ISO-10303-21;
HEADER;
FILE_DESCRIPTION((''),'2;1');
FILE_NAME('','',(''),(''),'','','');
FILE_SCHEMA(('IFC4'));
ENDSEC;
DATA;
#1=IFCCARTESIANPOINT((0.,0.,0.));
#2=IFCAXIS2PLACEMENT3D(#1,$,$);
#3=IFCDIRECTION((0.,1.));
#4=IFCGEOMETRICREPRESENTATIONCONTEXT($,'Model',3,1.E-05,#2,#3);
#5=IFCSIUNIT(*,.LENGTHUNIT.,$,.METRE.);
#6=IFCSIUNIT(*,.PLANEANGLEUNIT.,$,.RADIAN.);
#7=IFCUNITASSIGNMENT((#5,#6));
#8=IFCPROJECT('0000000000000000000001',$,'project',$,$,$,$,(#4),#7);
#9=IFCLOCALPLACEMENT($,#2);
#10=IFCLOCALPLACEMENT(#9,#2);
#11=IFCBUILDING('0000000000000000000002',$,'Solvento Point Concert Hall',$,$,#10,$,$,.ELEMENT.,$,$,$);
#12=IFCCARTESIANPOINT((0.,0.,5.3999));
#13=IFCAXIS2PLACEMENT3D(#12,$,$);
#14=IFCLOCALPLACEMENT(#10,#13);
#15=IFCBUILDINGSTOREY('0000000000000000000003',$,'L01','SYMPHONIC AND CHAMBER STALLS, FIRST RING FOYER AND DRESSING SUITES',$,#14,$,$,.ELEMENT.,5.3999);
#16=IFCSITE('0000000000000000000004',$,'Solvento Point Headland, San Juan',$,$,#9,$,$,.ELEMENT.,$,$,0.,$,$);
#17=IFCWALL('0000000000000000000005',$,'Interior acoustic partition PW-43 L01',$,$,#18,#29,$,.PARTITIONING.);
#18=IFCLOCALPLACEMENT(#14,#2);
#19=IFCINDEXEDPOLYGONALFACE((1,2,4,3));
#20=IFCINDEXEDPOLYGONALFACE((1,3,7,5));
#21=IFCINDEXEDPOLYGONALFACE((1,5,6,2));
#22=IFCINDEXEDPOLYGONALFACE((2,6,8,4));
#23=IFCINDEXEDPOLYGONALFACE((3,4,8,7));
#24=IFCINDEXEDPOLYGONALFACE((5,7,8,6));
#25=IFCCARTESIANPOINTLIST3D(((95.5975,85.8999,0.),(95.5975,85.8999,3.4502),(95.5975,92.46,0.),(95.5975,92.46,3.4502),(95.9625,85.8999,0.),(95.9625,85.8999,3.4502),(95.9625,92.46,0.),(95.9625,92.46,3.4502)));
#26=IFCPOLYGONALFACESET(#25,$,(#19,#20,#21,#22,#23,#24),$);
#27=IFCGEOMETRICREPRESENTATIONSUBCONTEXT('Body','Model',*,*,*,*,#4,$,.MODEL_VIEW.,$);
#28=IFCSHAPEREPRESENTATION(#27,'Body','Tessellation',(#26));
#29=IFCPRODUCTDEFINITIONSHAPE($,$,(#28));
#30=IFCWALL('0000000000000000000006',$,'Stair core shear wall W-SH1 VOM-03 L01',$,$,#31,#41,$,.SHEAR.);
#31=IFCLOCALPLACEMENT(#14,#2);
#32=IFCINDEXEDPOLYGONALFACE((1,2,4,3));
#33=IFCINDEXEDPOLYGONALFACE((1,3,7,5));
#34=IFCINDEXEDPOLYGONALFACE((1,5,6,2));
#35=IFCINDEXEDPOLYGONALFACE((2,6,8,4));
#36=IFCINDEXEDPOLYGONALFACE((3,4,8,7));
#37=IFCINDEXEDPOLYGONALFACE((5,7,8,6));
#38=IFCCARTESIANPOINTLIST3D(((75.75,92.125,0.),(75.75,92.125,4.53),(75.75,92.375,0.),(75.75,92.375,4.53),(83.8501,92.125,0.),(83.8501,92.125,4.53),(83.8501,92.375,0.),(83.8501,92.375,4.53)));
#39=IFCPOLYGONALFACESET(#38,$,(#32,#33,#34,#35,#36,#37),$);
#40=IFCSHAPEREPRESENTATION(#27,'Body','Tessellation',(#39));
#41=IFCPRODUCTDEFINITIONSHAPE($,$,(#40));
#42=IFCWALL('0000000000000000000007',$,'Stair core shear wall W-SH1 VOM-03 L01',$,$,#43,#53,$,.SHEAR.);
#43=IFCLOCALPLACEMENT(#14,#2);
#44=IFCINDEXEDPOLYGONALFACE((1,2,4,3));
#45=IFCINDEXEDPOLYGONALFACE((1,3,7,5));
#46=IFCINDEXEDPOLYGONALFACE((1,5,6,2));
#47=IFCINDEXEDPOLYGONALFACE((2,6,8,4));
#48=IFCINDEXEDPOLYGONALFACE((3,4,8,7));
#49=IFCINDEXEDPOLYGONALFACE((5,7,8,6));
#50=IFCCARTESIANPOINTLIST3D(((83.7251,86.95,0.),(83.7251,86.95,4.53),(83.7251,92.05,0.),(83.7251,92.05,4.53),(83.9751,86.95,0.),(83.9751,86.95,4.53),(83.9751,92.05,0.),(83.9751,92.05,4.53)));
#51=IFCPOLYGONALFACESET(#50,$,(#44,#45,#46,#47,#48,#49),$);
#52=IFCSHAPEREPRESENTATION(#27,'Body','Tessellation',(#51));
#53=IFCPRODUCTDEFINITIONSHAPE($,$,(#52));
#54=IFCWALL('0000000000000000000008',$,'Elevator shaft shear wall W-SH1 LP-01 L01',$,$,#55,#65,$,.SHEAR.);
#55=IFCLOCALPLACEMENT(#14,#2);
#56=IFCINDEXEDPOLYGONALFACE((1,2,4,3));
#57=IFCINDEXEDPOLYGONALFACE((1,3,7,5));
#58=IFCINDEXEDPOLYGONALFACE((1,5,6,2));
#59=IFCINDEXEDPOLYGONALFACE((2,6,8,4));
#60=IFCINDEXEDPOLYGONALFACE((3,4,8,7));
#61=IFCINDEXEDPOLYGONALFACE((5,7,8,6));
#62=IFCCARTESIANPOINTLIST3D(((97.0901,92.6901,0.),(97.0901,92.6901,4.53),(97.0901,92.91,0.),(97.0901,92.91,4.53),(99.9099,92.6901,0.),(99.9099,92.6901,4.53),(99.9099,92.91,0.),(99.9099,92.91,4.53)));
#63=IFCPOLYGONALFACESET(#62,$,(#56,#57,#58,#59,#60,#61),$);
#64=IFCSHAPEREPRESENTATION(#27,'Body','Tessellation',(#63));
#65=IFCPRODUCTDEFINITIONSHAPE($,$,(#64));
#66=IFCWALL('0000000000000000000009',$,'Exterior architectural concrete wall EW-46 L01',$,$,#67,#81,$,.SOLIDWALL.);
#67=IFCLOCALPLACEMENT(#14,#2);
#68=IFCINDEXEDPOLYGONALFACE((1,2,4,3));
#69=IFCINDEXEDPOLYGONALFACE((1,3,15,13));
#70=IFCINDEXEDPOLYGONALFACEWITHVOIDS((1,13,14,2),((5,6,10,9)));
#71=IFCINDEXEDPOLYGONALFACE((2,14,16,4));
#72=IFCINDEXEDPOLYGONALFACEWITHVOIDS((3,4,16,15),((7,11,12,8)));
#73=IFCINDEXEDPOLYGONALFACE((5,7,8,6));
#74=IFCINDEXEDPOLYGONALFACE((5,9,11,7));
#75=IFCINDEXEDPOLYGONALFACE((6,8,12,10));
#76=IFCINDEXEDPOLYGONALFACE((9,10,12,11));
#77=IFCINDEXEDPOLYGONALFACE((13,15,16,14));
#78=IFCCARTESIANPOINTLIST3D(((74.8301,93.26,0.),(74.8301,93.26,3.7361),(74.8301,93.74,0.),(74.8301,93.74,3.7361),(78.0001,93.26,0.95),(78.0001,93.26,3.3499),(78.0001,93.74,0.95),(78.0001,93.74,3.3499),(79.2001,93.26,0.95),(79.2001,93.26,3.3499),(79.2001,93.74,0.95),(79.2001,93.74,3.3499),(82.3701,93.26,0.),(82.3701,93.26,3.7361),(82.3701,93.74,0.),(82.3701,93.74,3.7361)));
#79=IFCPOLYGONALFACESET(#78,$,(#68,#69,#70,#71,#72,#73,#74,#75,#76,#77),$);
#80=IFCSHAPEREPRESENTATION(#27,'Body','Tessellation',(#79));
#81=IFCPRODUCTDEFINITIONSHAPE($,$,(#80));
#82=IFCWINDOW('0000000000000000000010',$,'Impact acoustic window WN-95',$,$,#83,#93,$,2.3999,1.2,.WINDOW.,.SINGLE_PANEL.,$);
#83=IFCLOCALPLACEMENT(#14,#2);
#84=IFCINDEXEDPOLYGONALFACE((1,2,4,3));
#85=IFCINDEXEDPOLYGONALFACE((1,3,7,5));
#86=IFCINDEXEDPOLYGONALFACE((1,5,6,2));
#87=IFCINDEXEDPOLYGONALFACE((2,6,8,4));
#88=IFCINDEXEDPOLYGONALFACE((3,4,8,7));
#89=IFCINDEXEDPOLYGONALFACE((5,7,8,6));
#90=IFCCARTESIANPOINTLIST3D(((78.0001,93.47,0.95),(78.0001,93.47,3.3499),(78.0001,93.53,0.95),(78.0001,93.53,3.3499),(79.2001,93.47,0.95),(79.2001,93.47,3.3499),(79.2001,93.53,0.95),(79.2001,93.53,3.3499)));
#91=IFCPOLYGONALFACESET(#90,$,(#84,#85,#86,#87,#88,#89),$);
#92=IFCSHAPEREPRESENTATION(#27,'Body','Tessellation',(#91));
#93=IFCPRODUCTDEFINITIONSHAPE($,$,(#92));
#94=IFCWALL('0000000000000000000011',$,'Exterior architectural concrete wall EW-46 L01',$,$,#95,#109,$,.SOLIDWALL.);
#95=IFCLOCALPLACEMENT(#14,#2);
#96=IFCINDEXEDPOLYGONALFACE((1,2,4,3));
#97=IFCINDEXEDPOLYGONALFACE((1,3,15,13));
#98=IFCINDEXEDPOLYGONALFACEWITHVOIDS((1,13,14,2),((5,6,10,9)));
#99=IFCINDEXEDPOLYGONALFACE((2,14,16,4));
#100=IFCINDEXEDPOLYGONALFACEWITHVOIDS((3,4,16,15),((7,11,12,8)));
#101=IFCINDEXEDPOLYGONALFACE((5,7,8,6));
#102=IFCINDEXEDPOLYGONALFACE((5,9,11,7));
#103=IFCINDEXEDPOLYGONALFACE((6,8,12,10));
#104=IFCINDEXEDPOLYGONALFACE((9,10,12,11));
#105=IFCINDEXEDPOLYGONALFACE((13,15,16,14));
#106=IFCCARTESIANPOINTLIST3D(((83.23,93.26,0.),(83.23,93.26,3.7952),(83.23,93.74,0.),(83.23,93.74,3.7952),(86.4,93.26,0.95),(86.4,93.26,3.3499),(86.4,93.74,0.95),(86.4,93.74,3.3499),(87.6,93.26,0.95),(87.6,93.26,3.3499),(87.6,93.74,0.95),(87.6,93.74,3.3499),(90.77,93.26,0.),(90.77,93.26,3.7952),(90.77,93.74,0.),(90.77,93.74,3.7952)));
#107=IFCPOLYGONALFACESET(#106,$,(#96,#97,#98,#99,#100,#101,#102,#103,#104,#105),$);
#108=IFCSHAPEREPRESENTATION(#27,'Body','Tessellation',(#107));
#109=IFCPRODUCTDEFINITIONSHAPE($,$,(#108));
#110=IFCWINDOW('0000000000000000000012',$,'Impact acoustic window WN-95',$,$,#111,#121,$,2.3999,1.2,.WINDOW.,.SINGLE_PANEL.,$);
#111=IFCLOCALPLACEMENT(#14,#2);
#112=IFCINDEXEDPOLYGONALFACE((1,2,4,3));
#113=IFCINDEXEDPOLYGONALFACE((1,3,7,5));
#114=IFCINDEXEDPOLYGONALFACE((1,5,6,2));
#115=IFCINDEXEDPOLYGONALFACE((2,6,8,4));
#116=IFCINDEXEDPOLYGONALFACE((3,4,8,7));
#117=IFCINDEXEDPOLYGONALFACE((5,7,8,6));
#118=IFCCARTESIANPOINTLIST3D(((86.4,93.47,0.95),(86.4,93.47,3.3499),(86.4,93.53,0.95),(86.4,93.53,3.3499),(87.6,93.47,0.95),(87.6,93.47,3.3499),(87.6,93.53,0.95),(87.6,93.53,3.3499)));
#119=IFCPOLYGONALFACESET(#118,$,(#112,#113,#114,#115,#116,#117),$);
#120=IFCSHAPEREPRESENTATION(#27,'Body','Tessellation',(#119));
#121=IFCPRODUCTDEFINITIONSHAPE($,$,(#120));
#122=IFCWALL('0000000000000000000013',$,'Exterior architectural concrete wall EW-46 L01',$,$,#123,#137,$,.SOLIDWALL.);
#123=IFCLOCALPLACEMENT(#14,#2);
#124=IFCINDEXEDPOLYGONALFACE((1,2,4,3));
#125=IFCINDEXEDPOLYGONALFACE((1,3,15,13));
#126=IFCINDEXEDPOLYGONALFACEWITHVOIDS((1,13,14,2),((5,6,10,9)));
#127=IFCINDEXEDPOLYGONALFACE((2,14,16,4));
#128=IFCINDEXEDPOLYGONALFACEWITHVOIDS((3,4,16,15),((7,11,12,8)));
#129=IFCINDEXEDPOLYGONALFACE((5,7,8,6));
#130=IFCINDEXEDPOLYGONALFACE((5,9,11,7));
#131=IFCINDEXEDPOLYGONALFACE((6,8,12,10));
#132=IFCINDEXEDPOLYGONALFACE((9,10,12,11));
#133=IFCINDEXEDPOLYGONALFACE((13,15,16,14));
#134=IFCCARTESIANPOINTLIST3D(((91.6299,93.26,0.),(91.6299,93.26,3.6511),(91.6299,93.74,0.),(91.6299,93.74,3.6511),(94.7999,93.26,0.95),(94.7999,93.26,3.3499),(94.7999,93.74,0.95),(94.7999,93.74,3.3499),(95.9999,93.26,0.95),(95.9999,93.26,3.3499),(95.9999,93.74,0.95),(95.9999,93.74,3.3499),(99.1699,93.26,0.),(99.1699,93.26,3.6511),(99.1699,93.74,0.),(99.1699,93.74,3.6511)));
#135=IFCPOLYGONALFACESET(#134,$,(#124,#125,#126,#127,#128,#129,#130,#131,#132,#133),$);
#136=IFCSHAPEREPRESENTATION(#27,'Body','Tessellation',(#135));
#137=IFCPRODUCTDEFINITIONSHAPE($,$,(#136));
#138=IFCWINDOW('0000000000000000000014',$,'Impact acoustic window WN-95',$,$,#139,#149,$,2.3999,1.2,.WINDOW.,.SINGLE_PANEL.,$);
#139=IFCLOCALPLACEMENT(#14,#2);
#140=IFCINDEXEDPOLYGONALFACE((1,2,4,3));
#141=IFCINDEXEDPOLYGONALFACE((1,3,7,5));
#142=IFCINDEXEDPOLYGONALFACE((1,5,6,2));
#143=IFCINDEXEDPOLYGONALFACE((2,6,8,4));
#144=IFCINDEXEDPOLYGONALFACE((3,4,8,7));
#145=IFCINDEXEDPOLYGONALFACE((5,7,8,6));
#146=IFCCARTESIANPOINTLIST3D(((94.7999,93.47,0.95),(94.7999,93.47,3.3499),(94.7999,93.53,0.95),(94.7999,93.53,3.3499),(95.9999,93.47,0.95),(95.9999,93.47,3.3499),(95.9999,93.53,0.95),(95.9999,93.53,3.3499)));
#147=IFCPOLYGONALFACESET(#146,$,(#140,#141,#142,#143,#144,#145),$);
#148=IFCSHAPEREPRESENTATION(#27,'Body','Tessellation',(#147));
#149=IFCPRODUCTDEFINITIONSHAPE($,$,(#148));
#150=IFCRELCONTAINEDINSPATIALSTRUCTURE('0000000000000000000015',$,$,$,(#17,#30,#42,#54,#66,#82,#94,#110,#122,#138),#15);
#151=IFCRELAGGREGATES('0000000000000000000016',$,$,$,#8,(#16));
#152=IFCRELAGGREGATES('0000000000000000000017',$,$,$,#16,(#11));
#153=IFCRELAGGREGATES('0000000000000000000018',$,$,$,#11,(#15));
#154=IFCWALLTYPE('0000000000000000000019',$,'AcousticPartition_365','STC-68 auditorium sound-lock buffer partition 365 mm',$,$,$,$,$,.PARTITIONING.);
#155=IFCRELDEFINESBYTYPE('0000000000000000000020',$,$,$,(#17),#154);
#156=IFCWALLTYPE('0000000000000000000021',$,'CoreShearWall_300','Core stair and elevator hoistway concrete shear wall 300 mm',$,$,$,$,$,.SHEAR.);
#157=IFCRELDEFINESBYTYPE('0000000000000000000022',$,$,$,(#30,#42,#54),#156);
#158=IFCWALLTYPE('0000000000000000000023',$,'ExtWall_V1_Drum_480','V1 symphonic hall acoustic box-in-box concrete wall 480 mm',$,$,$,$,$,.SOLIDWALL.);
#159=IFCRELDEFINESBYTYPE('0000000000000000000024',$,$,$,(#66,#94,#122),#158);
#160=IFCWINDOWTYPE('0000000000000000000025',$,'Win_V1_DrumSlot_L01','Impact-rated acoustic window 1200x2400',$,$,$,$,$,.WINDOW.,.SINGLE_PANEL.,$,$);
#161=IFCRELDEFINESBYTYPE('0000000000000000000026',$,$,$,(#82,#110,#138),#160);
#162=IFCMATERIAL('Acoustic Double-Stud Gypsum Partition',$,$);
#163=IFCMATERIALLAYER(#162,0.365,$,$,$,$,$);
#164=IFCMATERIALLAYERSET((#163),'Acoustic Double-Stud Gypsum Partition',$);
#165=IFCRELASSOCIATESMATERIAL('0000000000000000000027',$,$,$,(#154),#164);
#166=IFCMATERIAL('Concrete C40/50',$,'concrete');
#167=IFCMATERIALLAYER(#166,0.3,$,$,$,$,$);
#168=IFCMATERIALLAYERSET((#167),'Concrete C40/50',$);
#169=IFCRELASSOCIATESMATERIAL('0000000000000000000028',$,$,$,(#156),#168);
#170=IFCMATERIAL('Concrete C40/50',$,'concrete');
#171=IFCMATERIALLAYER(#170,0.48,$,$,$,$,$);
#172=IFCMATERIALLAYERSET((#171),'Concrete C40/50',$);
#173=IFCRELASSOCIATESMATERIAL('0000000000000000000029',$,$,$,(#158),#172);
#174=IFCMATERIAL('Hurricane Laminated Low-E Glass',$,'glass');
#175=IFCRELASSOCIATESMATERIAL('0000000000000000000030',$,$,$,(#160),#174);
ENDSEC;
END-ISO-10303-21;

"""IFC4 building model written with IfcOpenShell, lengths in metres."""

from ifc_helpers import new_model, si_unit, direction, frame, frame_2d, origin, place, context, subcontext, project, spatial, rectangle, extrude, material, layer, layer_set, type_object, element, fill, save


model = new_model("IFC4")

# Units and contexts
model_context = context("Model", 3, precision=1e-05, world=origin(), true_north=direction((0.0, 1.0)))
body_context = subcontext(model_context, "Body", "Model", "MODEL_VIEW")
ifc_project = project(units=[si_unit("LENGTHUNIT", "METRE"), si_unit("PLANEANGLEUNIT", "RADIAN")], contexts=[model_context])

# Site, building, storey
site_placement = place(None, origin())
site = spatial("IfcSite", under=ifc_project, at=site_placement, Name="Solvento Point Headland, San Juan", CompositionType="ELEMENT", RefElevation=0.0)
building_placement = place(site_placement, origin())
building = spatial("IfcBuilding", under=site, at=building_placement, Name="Solvento Point Concert Hall", CompositionType="ELEMENT")
storey_placement = place(building_placement, frame((0.0, 0.0, 5.3999)))
storey = spatial("IfcBuildingStorey", under=building, at=storey_placement, Name="L01", Description="SYMPHONIC AND CHAMBER STALLS, FIRST RING FOYER AND DRESSING SUITES", CompositionType="ELEMENT", Elevation=5.3999)

# Walls
ifc_material_1 = material(Name="Acoustic Double-Stud Gypsum Partition")
ifc_layer_1 = layer(ifc_material_1, 0.365)
ifc_layer_set_1 = layer_set([ifc_layer_1], Name="Acoustic Double-Stud Gypsum Partition")
wall_type_1 = type_object("IfcWallType", Name="AcousticPartition_365", Description="STC-68 auditorium sound-lock buffer partition 365 mm", PredefinedType="PARTITIONING", material=ifc_layer_set_1)
wall_1_placement = place(storey_placement, frame((95.78, 92.46, 0.0), z_axis=(0.0, 0.0, 1.0), x_axis=(0.0, -1.0, 0.0)))
element("IfcWall", 1, at=wall_1_placement, inside=storey, type_object=wall_type_1, Name="Interior acoustic partition PW-43 L01", PredefinedType="PARTITIONING", context=body_context, shape_type="SweptSolid", body=[
    extrude(rectangle(XDim=6.5601, YDim=0.365, at=frame_2d((3.28, 0.0))), origin(), (0.0, 0.0, 1.0), 3.4502),
])
ifc_material_2 = material(Name="Concrete C40/50", Category="concrete")
ifc_layer_2 = layer(ifc_material_2, 0.3)
ifc_layer_set_2 = layer_set([ifc_layer_2], Name="Concrete C40/50")
wall_type_2 = type_object("IfcWallType", Name="CoreShearWall_300", Description="Core stair and elevator hoistway concrete shear wall 300 mm", PredefinedType="SHEAR", material=ifc_layer_set_2)
wall_2_placement = place(storey_placement, frame((75.75, 92.25, 0.0), z_axis=(0.0, 0.0, 1.0), x_axis=(1.0, 0.0, 0.0)))
element("IfcWall", 2, at=wall_2_placement, inside=storey, type_object=wall_type_2, Name="Stair core shear wall W-SH1 VOM-03 L01", PredefinedType="SHEAR", context=body_context, shape_type="SweptSolid", body=[
    extrude(rectangle(XDim=8.1001, YDim=0.25, at=frame_2d((4.05, 0.0))), origin(), (0.0, 0.0, 1.0), 4.53),
])
wall_3_placement = place(storey_placement, frame((83.8501, 92.05, 0.0), z_axis=(0.0, 0.0, 1.0), x_axis=(0.0, -1.0, 0.0)))
element("IfcWall", 3, at=wall_3_placement, inside=storey, type_object=wall_type_2, Name="Stair core shear wall W-SH1 VOM-03 L01", PredefinedType="SHEAR", context=body_context, shape_type="SweptSolid", body=[
    extrude(rectangle(XDim=5.1001, YDim=0.25, at=frame_2d((2.55, 0.0))), origin(), (0.0, 0.0, 1.0), 4.53),
])
wall_4_placement = place(storey_placement, frame((97.0901, 92.8, 0.0), z_axis=(0.0, 0.0, 1.0), x_axis=(1.0, 0.0, 0.0)))
element("IfcWall", 4, at=wall_4_placement, inside=storey, type_object=wall_type_2, Name="Elevator shaft shear wall W-SH1 LP-01 L01", PredefinedType="SHEAR", context=body_context, shape_type="SweptSolid", body=[
    extrude(rectangle(XDim=2.8198, YDim=0.22, at=frame_2d((1.4099, 0.0))), origin(), (0.0, 0.0, 1.0), 4.53),
])

# Walls, openings, windows
ifc_material_3 = material(Name="Concrete C40/50", Category="concrete")
ifc_layer_3 = layer(ifc_material_3, 0.48)
ifc_layer_set_3 = layer_set([ifc_layer_3], Name="Concrete C40/50")
wall_type_3 = type_object("IfcWallType", Name="ExtWall_V1_Drum_480", Description="V1 symphonic hall acoustic box-in-box concrete wall 480 mm", PredefinedType="SOLIDWALL", material=ifc_layer_set_3)
wall_5_placement = place(storey_placement, frame((74.8301, 93.5, 0.0), z_axis=(0.0, 0.0, 1.0), x_axis=(1.0, 0.0, 0.0)))
wall_5 = element("IfcWall", 5, at=wall_5_placement, inside=storey, type_object=wall_type_3, Name="Exterior architectural concrete wall EW-46 L01", PredefinedType="SOLIDWALL", context=body_context, shape_type="SweptSolid", body=[
    extrude(rectangle(XDim=7.54, YDim=0.48, at=frame_2d((3.77, 0.0))), origin(), (0.0, 0.0, 1.0), 3.7361),
])
opening_1_placement = place(wall_5_placement, frame((3.1699, 0.0, 0.95)))
opening_1 = element("IfcOpeningElement", 6, at=opening_1_placement, cuts=wall_5, PredefinedType="OPENING", context=body_context, shape_type="SweptSolid", body=[
    extrude(rectangle(XDim=1.2, YDim=2.3999, at=frame_2d((0.6001, 1.2))), frame((0.0, 0.25, 0.0), z_axis=(0.0, -1.0, 0.0), x_axis=(1.0, 0.0, 0.0)), (0.0, 0.0, 1.0), 0.5),
])
ifc_material_4 = material(Name="Hurricane Laminated Low-E Glass", Category="glass")
window_type = type_object("IfcWindowType", Name="Win_V1_DrumSlot_L01", Description="Impact-rated acoustic window 1200x2400", PartitioningType="SINGLE_PANEL", PredefinedType="WINDOW", material=ifc_material_4)
window_1_placement = place(opening_1_placement, origin())
window_1 = element("IfcWindow", 7, at=window_1_placement, inside=storey, type_object=window_type, Name="Impact acoustic window WN-95", OverallHeight=2.3999, OverallWidth=1.2, PartitioningType="SINGLE_PANEL", PredefinedType="WINDOW", context=body_context, shape_type="SweptSolid", body=[
    extrude(rectangle(XDim=1.2, YDim=2.3999, at=frame_2d((0.6001, 1.2))), frame((0.0, 0.03, 0.0), z_axis=(0.0, -1.0, 0.0), x_axis=(1.0, 0.0, 0.0)), (0.0, 0.0, 1.0), 0.0601),
])
fill(opening_1, window_1)
wall_6_placement = place(storey_placement, frame((83.23, 93.5, 0.0), z_axis=(0.0, 0.0, 1.0), x_axis=(1.0, 0.0, 0.0)))
wall_6 = element("IfcWall", 8, at=wall_6_placement, inside=storey, type_object=wall_type_3, Name="Exterior architectural concrete wall EW-46 L01", PredefinedType="SOLIDWALL", context=body_context, shape_type="SweptSolid", body=[
    extrude(rectangle(XDim=7.54, YDim=0.48, at=frame_2d((3.77, 0.0))), origin(), (0.0, 0.0, 1.0), 3.7952),
])
opening_2_placement = place(wall_6_placement, frame((3.1699, 0.0, 0.95)))
opening_2 = element("IfcOpeningElement", 9, at=opening_2_placement, cuts=wall_6, PredefinedType="OPENING", context=body_context, shape_type="SweptSolid", body=[
    extrude(rectangle(XDim=1.2, YDim=2.3999, at=frame_2d((0.6001, 1.2))), frame((0.0, 0.25, 0.0), z_axis=(0.0, -1.0, 0.0), x_axis=(1.0, 0.0, 0.0)), (0.0, 0.0, 1.0), 0.5),
])
window_2_placement = place(opening_2_placement, origin())
window_2 = element("IfcWindow", 10, at=window_2_placement, inside=storey, type_object=window_type, Name="Impact acoustic window WN-95", OverallHeight=2.3999, OverallWidth=1.2, PartitioningType="SINGLE_PANEL", PredefinedType="WINDOW", context=body_context, shape_type="SweptSolid", body=[
    extrude(rectangle(XDim=1.2, YDim=2.3999, at=frame_2d((0.6001, 1.2))), frame((0.0, 0.03, 0.0), z_axis=(0.0, -1.0, 0.0), x_axis=(1.0, 0.0, 0.0)), (0.0, 0.0, 1.0), 0.0601),
])
fill(opening_2, window_2)
wall_7_placement = place(storey_placement, frame((91.6299, 93.5, 0.0), z_axis=(0.0, 0.0, 1.0), x_axis=(1.0, 0.0, 0.0)))
wall_7 = element("IfcWall", 11, at=wall_7_placement, inside=storey, type_object=wall_type_3, Name="Exterior architectural concrete wall EW-46 L01", PredefinedType="SOLIDWALL", context=body_context, shape_type="SweptSolid", body=[
    extrude(rectangle(XDim=7.54, YDim=0.48, at=frame_2d((3.77, 0.0))), origin(), (0.0, 0.0, 1.0), 3.6511),
])
opening_3_placement = place(wall_7_placement, frame((3.1699, 0.0, 0.95)))
opening_3 = element("IfcOpeningElement", 12, at=opening_3_placement, cuts=wall_7, PredefinedType="OPENING", context=body_context, shape_type="SweptSolid", body=[
    extrude(rectangle(XDim=1.2, YDim=2.3999, at=frame_2d((0.6001, 1.2))), frame((0.0, 0.25, 0.0), z_axis=(0.0, -1.0, 0.0), x_axis=(1.0, 0.0, 0.0)), (0.0, 0.0, 1.0), 0.5),
])
window_3_placement = place(opening_3_placement, origin())
window_3 = element("IfcWindow", 13, at=window_3_placement, inside=storey, type_object=window_type, Name="Impact acoustic window WN-95", OverallHeight=2.3999, OverallWidth=1.2, PartitioningType="SINGLE_PANEL", PredefinedType="WINDOW", context=body_context, shape_type="SweptSolid", body=[
    extrude(rectangle(XDim=1.2, YDim=2.3999, at=frame_2d((0.6001, 1.2))), frame((0.0, 0.03, 0.0), z_axis=(0.0, -1.0, 0.0), x_axis=(1.0, 0.0, 0.0)), (0.0, 0.0, 1.0), 0.0601),
])
fill(opening_3, window_3)

save(model, "model.ifc")
